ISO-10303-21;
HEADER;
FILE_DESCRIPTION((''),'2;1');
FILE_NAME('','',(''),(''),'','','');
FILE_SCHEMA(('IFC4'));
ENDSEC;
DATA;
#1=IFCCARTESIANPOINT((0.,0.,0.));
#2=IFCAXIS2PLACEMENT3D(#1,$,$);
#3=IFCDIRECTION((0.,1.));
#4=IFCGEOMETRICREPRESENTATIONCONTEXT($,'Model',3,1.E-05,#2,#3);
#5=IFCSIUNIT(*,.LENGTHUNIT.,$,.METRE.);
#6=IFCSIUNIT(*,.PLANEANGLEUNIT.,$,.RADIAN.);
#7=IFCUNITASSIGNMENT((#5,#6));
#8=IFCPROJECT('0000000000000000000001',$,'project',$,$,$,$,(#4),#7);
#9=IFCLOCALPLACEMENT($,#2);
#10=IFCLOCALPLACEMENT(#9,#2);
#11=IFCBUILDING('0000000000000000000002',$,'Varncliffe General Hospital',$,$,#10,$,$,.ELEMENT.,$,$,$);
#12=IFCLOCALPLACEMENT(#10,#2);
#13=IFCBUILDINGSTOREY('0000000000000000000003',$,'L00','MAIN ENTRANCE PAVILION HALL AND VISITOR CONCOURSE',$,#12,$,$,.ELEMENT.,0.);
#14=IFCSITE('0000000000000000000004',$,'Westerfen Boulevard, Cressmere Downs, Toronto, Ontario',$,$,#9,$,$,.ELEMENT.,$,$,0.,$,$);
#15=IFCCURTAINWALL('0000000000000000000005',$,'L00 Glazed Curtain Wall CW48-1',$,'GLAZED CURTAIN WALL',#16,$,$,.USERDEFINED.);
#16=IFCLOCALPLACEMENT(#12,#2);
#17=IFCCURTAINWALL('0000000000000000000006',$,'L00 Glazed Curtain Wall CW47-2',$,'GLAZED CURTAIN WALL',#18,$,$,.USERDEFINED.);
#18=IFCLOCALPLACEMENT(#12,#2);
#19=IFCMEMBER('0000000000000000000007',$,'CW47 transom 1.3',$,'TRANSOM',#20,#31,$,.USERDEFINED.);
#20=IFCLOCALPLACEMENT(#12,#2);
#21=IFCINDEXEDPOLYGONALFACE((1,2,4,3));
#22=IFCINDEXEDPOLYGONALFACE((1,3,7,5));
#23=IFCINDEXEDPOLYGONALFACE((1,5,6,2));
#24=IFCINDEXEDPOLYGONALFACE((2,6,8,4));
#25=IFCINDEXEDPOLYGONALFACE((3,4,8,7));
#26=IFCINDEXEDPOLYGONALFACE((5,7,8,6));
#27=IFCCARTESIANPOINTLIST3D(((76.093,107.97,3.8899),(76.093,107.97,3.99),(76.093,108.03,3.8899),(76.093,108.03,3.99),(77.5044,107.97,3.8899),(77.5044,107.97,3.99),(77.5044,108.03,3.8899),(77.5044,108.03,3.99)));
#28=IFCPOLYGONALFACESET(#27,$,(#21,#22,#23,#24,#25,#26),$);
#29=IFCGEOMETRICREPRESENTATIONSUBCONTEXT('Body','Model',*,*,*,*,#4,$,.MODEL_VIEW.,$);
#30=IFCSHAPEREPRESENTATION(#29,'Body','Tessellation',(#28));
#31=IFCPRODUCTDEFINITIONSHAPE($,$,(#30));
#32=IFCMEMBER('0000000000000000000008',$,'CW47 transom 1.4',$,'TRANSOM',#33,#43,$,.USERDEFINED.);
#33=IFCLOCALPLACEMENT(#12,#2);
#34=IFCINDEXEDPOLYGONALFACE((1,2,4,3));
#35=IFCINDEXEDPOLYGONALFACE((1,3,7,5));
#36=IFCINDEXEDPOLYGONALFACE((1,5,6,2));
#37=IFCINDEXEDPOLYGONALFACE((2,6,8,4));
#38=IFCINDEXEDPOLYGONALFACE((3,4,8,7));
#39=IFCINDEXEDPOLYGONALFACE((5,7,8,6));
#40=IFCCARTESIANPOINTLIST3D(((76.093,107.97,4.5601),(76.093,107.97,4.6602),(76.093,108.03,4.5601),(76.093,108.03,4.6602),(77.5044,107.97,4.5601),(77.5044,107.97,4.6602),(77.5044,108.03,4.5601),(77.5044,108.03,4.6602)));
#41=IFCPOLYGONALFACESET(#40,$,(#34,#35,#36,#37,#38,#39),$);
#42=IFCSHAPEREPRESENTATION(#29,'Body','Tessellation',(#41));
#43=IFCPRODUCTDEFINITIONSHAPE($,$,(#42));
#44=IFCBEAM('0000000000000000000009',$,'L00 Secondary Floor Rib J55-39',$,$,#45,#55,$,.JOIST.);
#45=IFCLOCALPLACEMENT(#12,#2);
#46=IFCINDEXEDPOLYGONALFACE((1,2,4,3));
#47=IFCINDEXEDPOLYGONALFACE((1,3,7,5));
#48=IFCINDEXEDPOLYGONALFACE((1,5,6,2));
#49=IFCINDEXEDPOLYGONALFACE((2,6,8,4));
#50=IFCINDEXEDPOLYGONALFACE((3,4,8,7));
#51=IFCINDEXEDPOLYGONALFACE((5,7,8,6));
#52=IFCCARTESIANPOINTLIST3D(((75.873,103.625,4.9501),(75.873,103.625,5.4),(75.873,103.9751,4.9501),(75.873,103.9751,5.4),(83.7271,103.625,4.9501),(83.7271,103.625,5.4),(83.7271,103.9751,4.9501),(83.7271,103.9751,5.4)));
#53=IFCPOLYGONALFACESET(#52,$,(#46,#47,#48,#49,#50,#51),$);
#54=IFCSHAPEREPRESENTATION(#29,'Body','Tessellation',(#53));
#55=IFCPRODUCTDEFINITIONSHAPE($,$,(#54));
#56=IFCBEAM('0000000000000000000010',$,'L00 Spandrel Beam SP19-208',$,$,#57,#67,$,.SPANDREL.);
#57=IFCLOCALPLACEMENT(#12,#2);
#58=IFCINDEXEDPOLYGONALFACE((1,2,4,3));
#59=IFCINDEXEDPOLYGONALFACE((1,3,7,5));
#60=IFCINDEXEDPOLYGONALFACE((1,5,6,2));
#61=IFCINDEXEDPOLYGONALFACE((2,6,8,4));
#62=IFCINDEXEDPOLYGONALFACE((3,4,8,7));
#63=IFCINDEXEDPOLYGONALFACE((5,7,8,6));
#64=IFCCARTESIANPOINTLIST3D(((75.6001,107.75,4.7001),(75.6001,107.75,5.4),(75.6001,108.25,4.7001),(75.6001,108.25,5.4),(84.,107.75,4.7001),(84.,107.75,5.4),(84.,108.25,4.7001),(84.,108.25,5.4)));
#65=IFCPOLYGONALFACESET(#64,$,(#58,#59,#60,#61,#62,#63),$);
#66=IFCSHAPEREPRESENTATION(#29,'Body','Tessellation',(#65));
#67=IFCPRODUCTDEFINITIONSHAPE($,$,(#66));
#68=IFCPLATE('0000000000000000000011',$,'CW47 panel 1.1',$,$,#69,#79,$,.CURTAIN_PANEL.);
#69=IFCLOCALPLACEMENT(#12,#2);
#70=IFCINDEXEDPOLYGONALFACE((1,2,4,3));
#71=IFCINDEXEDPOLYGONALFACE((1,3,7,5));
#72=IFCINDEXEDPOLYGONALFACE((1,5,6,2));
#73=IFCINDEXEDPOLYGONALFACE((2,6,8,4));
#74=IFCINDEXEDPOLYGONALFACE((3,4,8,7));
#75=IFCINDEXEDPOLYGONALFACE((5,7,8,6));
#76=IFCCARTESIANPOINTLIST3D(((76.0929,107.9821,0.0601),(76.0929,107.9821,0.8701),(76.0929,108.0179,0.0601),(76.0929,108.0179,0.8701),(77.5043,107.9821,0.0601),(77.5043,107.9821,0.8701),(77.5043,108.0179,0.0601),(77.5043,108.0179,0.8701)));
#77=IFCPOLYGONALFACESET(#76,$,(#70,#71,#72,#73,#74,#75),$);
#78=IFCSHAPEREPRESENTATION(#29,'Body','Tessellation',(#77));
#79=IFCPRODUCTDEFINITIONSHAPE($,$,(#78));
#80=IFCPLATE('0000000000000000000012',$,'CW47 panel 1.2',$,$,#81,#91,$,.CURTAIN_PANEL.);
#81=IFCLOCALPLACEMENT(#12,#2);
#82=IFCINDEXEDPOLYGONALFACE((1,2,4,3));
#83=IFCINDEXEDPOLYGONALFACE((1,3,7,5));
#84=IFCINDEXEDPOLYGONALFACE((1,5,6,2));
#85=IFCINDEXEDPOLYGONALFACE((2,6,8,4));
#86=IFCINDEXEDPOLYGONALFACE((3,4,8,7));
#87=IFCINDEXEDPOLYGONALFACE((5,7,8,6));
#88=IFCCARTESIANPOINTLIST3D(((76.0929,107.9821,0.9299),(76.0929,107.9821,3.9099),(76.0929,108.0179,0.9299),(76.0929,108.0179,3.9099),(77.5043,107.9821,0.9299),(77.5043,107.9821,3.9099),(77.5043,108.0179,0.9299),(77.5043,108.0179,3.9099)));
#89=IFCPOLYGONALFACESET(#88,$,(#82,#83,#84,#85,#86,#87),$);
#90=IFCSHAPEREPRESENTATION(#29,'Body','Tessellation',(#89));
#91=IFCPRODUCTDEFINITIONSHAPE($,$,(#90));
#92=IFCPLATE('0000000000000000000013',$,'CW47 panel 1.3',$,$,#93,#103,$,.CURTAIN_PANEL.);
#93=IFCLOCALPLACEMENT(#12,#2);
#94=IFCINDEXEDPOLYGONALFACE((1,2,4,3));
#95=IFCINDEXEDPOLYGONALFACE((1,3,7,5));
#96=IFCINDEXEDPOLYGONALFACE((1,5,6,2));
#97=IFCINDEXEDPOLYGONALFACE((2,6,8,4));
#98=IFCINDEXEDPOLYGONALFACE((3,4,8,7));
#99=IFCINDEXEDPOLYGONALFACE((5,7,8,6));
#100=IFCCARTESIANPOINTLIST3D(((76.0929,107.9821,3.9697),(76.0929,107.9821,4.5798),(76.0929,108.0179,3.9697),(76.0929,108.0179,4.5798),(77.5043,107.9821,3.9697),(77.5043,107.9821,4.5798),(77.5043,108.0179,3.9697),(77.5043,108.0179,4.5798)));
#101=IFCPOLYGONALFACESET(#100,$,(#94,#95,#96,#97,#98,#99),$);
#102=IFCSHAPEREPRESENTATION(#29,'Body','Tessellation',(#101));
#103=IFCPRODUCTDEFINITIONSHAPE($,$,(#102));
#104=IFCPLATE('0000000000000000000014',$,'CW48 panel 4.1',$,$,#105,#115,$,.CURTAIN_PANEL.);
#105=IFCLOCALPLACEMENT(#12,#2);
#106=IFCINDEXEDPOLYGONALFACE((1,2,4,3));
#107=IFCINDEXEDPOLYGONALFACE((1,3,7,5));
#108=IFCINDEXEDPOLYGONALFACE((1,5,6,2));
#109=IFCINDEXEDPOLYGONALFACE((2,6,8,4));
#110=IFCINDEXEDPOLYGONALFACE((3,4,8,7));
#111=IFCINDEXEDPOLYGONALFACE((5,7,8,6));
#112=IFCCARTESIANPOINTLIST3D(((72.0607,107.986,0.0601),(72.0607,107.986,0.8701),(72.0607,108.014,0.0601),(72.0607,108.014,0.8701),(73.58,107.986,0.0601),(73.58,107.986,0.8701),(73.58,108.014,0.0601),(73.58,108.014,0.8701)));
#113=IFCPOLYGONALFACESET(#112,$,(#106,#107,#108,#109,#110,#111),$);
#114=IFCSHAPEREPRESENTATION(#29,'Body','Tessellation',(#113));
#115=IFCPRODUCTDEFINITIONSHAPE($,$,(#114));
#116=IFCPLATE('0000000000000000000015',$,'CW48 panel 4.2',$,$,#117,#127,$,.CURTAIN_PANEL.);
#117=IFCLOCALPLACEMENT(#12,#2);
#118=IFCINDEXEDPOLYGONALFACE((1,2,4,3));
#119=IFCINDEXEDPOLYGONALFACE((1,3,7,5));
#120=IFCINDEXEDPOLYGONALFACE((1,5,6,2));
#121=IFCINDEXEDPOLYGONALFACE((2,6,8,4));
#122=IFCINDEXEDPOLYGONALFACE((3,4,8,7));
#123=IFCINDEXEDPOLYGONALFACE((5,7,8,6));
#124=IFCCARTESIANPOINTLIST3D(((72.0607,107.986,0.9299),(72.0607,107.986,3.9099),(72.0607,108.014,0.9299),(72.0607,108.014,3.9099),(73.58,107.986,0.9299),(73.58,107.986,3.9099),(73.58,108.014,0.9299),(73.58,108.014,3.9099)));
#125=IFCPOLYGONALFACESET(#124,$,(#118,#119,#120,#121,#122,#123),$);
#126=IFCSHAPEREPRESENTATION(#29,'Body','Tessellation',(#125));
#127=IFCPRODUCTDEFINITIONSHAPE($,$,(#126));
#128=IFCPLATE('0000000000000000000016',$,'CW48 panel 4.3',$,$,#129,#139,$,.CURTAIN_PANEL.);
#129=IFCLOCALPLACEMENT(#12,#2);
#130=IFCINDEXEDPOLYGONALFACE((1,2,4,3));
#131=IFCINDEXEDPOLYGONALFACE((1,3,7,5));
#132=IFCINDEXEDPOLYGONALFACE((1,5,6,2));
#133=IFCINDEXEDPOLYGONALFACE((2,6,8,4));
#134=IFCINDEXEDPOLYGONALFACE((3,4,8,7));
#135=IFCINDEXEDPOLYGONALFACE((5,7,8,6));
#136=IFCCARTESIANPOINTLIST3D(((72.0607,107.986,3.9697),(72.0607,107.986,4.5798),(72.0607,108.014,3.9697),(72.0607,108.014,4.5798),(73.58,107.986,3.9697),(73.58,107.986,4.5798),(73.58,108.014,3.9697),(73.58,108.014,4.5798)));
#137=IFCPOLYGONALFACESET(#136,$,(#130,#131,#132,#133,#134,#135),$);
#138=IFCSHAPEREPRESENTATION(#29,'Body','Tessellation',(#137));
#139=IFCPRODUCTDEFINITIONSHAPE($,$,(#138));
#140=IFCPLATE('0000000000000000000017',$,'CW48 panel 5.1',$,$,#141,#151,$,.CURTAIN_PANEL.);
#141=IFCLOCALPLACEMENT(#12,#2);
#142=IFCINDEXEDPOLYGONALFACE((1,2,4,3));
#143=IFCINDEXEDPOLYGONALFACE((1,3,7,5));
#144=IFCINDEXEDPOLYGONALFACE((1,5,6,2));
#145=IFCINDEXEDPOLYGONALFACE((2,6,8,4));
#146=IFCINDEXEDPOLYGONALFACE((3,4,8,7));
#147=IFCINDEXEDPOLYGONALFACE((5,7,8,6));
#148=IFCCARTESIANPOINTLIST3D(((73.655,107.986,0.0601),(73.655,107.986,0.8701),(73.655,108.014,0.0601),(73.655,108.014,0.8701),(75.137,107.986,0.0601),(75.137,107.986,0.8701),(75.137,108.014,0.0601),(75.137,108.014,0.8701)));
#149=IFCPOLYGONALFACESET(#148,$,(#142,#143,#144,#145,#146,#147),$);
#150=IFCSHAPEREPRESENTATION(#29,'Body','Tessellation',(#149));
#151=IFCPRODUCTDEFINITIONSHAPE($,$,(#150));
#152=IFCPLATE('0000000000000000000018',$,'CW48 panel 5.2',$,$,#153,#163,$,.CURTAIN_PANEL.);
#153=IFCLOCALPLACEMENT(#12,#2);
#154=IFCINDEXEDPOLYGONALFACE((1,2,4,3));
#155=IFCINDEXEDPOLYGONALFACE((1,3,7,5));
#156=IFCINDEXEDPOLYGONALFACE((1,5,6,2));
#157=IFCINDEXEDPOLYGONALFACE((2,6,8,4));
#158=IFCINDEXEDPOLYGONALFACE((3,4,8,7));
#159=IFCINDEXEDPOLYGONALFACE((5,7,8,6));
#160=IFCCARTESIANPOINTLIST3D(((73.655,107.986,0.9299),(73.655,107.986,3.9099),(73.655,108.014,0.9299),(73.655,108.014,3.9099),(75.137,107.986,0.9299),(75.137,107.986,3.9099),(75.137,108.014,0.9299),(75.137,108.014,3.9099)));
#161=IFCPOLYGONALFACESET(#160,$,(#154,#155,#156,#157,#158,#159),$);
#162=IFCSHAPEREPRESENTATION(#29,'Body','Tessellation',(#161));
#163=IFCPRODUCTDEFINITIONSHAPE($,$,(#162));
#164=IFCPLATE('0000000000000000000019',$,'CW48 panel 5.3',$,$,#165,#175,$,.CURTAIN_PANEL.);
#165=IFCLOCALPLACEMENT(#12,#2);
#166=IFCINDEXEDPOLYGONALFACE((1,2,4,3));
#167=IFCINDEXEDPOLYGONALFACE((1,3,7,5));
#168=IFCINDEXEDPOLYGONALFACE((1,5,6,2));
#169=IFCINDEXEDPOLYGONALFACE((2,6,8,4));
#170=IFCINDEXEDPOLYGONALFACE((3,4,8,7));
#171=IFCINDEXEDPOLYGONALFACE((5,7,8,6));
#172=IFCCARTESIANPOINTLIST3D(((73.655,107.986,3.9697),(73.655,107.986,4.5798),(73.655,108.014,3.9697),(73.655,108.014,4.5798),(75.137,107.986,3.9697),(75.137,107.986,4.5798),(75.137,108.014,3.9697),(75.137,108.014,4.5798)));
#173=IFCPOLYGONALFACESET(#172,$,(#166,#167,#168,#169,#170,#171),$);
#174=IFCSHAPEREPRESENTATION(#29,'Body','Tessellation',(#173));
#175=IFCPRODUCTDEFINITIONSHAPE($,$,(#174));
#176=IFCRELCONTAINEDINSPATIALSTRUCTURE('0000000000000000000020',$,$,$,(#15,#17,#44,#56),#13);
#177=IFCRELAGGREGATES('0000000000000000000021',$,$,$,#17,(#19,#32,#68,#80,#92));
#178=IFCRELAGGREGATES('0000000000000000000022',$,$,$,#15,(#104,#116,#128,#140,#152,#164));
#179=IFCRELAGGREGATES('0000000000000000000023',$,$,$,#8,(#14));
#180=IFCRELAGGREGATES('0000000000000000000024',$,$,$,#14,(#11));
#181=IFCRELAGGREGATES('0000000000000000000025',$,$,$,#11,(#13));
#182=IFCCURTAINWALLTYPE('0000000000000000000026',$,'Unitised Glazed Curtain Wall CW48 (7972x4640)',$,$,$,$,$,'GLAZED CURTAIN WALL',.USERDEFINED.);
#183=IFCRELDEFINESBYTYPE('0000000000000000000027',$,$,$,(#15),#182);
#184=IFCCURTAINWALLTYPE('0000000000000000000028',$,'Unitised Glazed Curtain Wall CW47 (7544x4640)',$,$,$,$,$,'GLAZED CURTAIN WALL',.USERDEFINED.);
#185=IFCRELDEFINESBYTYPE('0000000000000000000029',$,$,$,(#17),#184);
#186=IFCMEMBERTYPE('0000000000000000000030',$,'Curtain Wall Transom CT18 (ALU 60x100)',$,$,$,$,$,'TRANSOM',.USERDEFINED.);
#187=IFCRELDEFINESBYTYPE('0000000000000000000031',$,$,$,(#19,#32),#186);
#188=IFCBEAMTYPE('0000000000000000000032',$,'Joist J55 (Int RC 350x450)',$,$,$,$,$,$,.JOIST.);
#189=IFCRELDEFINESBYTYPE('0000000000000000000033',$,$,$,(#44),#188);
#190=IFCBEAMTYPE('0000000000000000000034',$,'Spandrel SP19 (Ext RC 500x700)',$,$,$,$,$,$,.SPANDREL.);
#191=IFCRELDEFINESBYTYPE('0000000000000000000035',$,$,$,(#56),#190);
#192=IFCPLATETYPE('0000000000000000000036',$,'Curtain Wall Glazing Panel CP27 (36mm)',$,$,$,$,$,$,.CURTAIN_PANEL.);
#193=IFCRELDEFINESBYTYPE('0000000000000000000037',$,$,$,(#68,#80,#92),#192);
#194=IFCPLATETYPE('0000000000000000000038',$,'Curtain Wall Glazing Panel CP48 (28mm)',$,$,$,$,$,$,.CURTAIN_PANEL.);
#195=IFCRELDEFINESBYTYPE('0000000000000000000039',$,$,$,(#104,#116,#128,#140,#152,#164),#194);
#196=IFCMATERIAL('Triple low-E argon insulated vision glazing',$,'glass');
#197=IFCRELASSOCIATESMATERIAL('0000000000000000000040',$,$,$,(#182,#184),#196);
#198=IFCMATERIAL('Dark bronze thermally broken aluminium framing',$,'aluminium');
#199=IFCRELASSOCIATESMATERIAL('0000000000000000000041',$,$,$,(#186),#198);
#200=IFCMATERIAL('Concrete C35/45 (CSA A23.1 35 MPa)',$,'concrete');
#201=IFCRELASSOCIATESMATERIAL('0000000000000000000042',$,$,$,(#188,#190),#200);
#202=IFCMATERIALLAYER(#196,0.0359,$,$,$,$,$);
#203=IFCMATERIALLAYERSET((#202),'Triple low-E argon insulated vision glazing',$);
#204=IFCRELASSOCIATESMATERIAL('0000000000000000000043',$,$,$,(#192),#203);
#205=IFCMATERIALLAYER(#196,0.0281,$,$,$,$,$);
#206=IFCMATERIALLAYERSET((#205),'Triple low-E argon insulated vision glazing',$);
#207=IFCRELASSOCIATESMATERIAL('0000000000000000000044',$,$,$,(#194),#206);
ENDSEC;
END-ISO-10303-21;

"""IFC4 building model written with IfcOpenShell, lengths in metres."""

from ifc_helpers import new_model, si_unit, direction, frame, origin, origin_2d, place, context, subcontext, project, spatial, rectangle, extrude, material, layer, layer_set, material_profile, profile_set, type_object, element, aggregate, save


model = new_model("IFC4")

# Units and contexts
model_context = context("Model", 3, precision=1e-05, world=origin(), true_north=direction((0.0, 1.0)))
body_context = subcontext(model_context, "Body", "Model", "MODEL_VIEW")
ifc_project = project(units=[si_unit("LENGTHUNIT", "METRE"), si_unit("PLANEANGLEUNIT", "RADIAN")], contexts=[model_context])

# Site, building, storey
site_placement = place(None, origin())
site = spatial("IfcSite", under=ifc_project, at=site_placement, Name="Westerfen Boulevard, Cressmere Downs, Toronto, Ontario", CompositionType="ELEMENT", RefElevation=0.0)
building_placement = place(site_placement, origin())
building = spatial("IfcBuilding", under=site, at=building_placement, Name="Varncliffe General Hospital", CompositionType="ELEMENT")
storey_placement = place(building_placement, origin())
storey = spatial("IfcBuildingStorey", under=building, at=storey_placement, Name="L00", Description="MAIN ENTRANCE PAVILION HALL AND VISITOR CONCOURSE", CompositionType="ELEMENT", Elevation=0.0)

# Shared definitions
ifc_material_1 = material(Name="Concrete C35/45 (CSA A23.1 35 MPa)", Category="concrete")

# Curtain wall
ifc_material_2 = material(Name="Triple low-E argon insulated vision glazing", Category="glass")
curtain_wall_type_1 = type_object("IfcCurtainWallType", Name="Unitised Glazed Curtain Wall CW48 (7972x4640)", ElementType="GLAZED CURTAIN WALL", PredefinedType="USERDEFINED", material=ifc_material_2)
curtain_wall_1_placement = place(storey_placement, origin())
curtain_wall_1 = element("IfcCurtainWall", 1, at=curtain_wall_1_placement, inside=storey, type_object=curtain_wall_type_1, Name="L00 Glazed Curtain Wall CW48-1", ObjectType="GLAZED CURTAIN WALL", PredefinedType="USERDEFINED")
ifc_material_3 = material(Name="Dark bronze thermally broken aluminium framing", Category="aluminium")

# Curtain wall
curtain_wall_type_2 = type_object("IfcCurtainWallType", Name="Unitised Glazed Curtain Wall CW47 (7544x4640)", ElementType="GLAZED CURTAIN WALL", PredefinedType="USERDEFINED", material=ifc_material_2)
curtain_wall_2_placement = place(storey_placement, origin())
curtain_wall_2 = element("IfcCurtainWall", 2, at=curtain_wall_2_placement, inside=storey, type_object=curtain_wall_type_2, Name="L00 Glazed Curtain Wall CW47-2", ObjectType="GLAZED CURTAIN WALL", PredefinedType="USERDEFINED")

# Members
ifc_material_profile_1 = material_profile(ifc_material_3, rectangle(XDim=0.0601, YDim=0.1001, at=origin_2d()), Name="ALU 60x100")
ifc_profile_set_1 = profile_set([ifc_material_profile_1], Name="Dark bronze thermally broken aluminium framing")
member_type_1 = type_object("IfcMemberType", Name="Curtain Wall Transom CT18 (ALU 60x100)", ElementType="TRANSOM", PredefinedType="USERDEFINED", material=ifc_profile_set_1)
member_1_placement = place(storey_placement, frame((76.093, 108.0, 3.9399), z_axis=(1.0, 0.0, 0.0), x_axis=(0.0, 1.0, 0.0)))
member_1 = element("IfcMember", 3, at=member_1_placement, type_object=member_type_1, Name="CW47 transom 1.3", ObjectType="TRANSOM", PredefinedType="USERDEFINED", context=body_context, shape_type="SweptSolid", body=[
    extrude(rectangle(XDim=0.0601, YDim=0.1001, at=origin_2d()), origin(), (0.0, 0.0, 1.0), 1.4114),
])
member_2_placement = place(storey_placement, frame((76.093, 108.0, 4.6101), z_axis=(1.0, 0.0, 0.0), x_axis=(0.0, 1.0, 0.0)))
member_2 = element("IfcMember", 4, at=member_2_placement, type_object=member_type_1, Name="CW47 transom 1.4", ObjectType="TRANSOM", PredefinedType="USERDEFINED", context=body_context, shape_type="SweptSolid", body=[
    extrude(rectangle(XDim=0.0601, YDim=0.1001, at=origin_2d()), origin(), (0.0, 0.0, 1.0), 1.4114),
])

# Beams
ifc_material_profile_2 = material_profile(ifc_material_1, rectangle(XDim=0.3501, YDim=0.45, at=origin_2d()), Name="RC 350x450")
ifc_profile_set_2 = profile_set([ifc_material_profile_2], Name="Concrete C35/45 (CSA A23.1 35 MPa)")
beam_type_1 = type_object("IfcBeamType", Name="Joist J55 (Int RC 350x450)", PredefinedType="JOIST", material=ifc_profile_set_2)
beam_1_placement = place(storey_placement, frame((75.873, 103.8, 5.175), z_axis=(1.0, 0.0, 0.0), x_axis=(0.0, 1.0, 0.0)))
element("IfcBeam", 5, at=beam_1_placement, inside=storey, type_object=beam_type_1, Name="L00 Secondary Floor Rib J55-39", PredefinedType="JOIST", context=body_context, shape_type="SweptSolid", body=[
    extrude(rectangle(XDim=0.3501, YDim=0.45, at=origin_2d()), origin(), (0.0, 0.0, 1.0), 7.854),
])
ifc_material_profile_3 = material_profile(ifc_material_1, rectangle(XDim=0.5, YDim=0.7, at=origin_2d()), Name="RC 500x700")
ifc_profile_set_3 = profile_set([ifc_material_profile_3], Name="Concrete C35/45 (CSA A23.1 35 MPa)")
beam_type_2 = type_object("IfcBeamType", Name="Spandrel SP19 (Ext RC 500x700)", PredefinedType="SPANDREL", material=ifc_profile_set_3)
beam_2_placement = place(storey_placement, frame((75.6001, 108.0, 5.05), z_axis=(1.0, 0.0, 0.0), x_axis=(0.0, 1.0, 0.0)))
element("IfcBeam", 6, at=beam_2_placement, inside=storey, type_object=beam_type_2, Name="L00 Spandrel Beam SP19-208", PredefinedType="SPANDREL", context=body_context, shape_type="SweptSolid", body=[
    extrude(rectangle(XDim=0.5, YDim=0.7, at=origin_2d()), origin(), (0.0, 0.0, 1.0), 8.3999),
])

# Plates
ifc_layer_1 = layer(ifc_material_2, 0.0359)
ifc_layer_set_1 = layer_set([ifc_layer_1], Name="Triple low-E argon insulated vision glazing")
plate_type_1 = type_object("IfcPlateType", Name="Curtain Wall Glazing Panel CP27 (36mm)", PredefinedType="CURTAIN_PANEL", material=ifc_layer_set_1)
plate_1_placement = place(storey_placement, frame((76.7986, 108.0, 0.0601), z_axis=(0.0, 0.0, 1.0), x_axis=(1.0, 0.0, 0.0)))
plate_1 = element("IfcPlate", 7, at=plate_1_placement, type_object=plate_type_1, Name="CW47 panel 1.1", PredefinedType="CURTAIN_PANEL", context=body_context, shape_type="SweptSolid", body=[
    extrude(rectangle(XDim=1.4114, YDim=0.0359, at=origin_2d()), origin(), (0.0, 0.0, 1.0), 0.8101),
])
plate_2_placement = place(storey_placement, frame((76.7986, 108.0, 0.9299), z_axis=(0.0, 0.0, 1.0), x_axis=(1.0, 0.0, 0.0)))
plate_2 = element("IfcPlate", 8, at=plate_2_placement, type_object=plate_type_1, Name="CW47 panel 1.2", PredefinedType="CURTAIN_PANEL", context=body_context, shape_type="SweptSolid", body=[
    extrude(rectangle(XDim=1.4114, YDim=0.0359, at=origin_2d()), origin(), (0.0, 0.0, 1.0), 2.98),
])
plate_3_placement = place(storey_placement, frame((76.7986, 108.0, 3.9697), z_axis=(0.0, 0.0, 1.0), x_axis=(1.0, 0.0, 0.0)))
plate_3 = element("IfcPlate", 9, at=plate_3_placement, type_object=plate_type_1, Name="CW47 panel 1.3", PredefinedType="CURTAIN_PANEL", context=body_context, shape_type="SweptSolid", body=[
    extrude(rectangle(XDim=1.4114, YDim=0.0359, at=origin_2d()), origin(), (0.0, 0.0, 1.0), 0.6101),
])
aggregate(curtain_wall_2, [member_1, member_2, plate_1, plate_2, plate_3])
ifc_layer_2 = layer(ifc_material_2, 0.0281)
ifc_layer_set_2 = layer_set([ifc_layer_2], Name="Triple low-E argon insulated vision glazing")
plate_type_2 = type_object("IfcPlateType", Name="Curtain Wall Glazing Panel CP48 (28mm)", PredefinedType="CURTAIN_PANEL", material=ifc_layer_set_2)
plate_4_placement = place(storey_placement, frame((72.8203, 108.0, 0.0601), z_axis=(0.0, 0.0, 1.0), x_axis=(1.0, 0.0, 0.0)))
plate_4 = element("IfcPlate", 10, at=plate_4_placement, type_object=plate_type_2, Name="CW48 panel 4.1", PredefinedType="CURTAIN_PANEL", context=body_context, shape_type="SweptSolid", body=[
    extrude(rectangle(XDim=1.5193, YDim=0.0281, at=origin_2d()), origin(), (0.0, 0.0, 1.0), 0.8101),
])
plate_5_placement = place(storey_placement, frame((72.8203, 108.0, 0.9299), z_axis=(0.0, 0.0, 1.0), x_axis=(1.0, 0.0, 0.0)))
plate_5 = element("IfcPlate", 11, at=plate_5_placement, type_object=plate_type_2, Name="CW48 panel 4.2", PredefinedType="CURTAIN_PANEL", context=body_context, shape_type="SweptSolid", body=[
    extrude(rectangle(XDim=1.5193, YDim=0.0281, at=origin_2d()), origin(), (0.0, 0.0, 1.0), 2.98),
])
plate_6_placement = place(storey_placement, frame((72.8203, 108.0, 3.9697), z_axis=(0.0, 0.0, 1.0), x_axis=(1.0, 0.0, 0.0)))
plate_6 = element("IfcPlate", 12, at=plate_6_placement, type_object=plate_type_2, Name="CW48 panel 4.3", PredefinedType="CURTAIN_PANEL", context=body_context, shape_type="SweptSolid", body=[
    extrude(rectangle(XDim=1.5193, YDim=0.0281, at=origin_2d()), origin(), (0.0, 0.0, 1.0), 0.6101),
])
plate_7_placement = place(storey_placement, frame((74.396, 108.0, 0.0601), z_axis=(0.0, 0.0, 1.0), x_axis=(1.0, 0.0, 0.0)))
plate_7 = element("IfcPlate", 13, at=plate_7_placement, type_object=plate_type_2, Name="CW48 panel 5.1", PredefinedType="CURTAIN_PANEL", context=body_context, shape_type="SweptSolid", body=[
    extrude(rectangle(XDim=1.4819, YDim=0.0281, at=origin_2d()), origin(), (0.0, 0.0, 1.0), 0.8101),
])
plate_8_placement = place(storey_placement, frame((74.396, 108.0, 0.9299), z_axis=(0.0, 0.0, 1.0), x_axis=(1.0, 0.0, 0.0)))
plate_8 = element("IfcPlate", 14, at=plate_8_placement, type_object=plate_type_2, Name="CW48 panel 5.2", PredefinedType="CURTAIN_PANEL", context=body_context, shape_type="SweptSolid", body=[
    extrude(rectangle(XDim=1.4819, YDim=0.0281, at=origin_2d()), origin(), (0.0, 0.0, 1.0), 2.98),
])
plate_9_placement = place(storey_placement, frame((74.396, 108.0, 3.9697), z_axis=(0.0, 0.0, 1.0), x_axis=(1.0, 0.0, 0.0)))
plate_9 = element("IfcPlate", 15, at=plate_9_placement, type_object=plate_type_2, Name="CW48 panel 5.3", PredefinedType="CURTAIN_PANEL", context=body_context, shape_type="SweptSolid", body=[
    extrude(rectangle(XDim=1.4819, YDim=0.0281, at=origin_2d()), origin(), (0.0, 0.0, 1.0), 0.6101),
])
aggregate(curtain_wall_1, [plate_4, plate_5, plate_6, plate_7, plate_8, plate_9])

save(model, "model.ifc")
